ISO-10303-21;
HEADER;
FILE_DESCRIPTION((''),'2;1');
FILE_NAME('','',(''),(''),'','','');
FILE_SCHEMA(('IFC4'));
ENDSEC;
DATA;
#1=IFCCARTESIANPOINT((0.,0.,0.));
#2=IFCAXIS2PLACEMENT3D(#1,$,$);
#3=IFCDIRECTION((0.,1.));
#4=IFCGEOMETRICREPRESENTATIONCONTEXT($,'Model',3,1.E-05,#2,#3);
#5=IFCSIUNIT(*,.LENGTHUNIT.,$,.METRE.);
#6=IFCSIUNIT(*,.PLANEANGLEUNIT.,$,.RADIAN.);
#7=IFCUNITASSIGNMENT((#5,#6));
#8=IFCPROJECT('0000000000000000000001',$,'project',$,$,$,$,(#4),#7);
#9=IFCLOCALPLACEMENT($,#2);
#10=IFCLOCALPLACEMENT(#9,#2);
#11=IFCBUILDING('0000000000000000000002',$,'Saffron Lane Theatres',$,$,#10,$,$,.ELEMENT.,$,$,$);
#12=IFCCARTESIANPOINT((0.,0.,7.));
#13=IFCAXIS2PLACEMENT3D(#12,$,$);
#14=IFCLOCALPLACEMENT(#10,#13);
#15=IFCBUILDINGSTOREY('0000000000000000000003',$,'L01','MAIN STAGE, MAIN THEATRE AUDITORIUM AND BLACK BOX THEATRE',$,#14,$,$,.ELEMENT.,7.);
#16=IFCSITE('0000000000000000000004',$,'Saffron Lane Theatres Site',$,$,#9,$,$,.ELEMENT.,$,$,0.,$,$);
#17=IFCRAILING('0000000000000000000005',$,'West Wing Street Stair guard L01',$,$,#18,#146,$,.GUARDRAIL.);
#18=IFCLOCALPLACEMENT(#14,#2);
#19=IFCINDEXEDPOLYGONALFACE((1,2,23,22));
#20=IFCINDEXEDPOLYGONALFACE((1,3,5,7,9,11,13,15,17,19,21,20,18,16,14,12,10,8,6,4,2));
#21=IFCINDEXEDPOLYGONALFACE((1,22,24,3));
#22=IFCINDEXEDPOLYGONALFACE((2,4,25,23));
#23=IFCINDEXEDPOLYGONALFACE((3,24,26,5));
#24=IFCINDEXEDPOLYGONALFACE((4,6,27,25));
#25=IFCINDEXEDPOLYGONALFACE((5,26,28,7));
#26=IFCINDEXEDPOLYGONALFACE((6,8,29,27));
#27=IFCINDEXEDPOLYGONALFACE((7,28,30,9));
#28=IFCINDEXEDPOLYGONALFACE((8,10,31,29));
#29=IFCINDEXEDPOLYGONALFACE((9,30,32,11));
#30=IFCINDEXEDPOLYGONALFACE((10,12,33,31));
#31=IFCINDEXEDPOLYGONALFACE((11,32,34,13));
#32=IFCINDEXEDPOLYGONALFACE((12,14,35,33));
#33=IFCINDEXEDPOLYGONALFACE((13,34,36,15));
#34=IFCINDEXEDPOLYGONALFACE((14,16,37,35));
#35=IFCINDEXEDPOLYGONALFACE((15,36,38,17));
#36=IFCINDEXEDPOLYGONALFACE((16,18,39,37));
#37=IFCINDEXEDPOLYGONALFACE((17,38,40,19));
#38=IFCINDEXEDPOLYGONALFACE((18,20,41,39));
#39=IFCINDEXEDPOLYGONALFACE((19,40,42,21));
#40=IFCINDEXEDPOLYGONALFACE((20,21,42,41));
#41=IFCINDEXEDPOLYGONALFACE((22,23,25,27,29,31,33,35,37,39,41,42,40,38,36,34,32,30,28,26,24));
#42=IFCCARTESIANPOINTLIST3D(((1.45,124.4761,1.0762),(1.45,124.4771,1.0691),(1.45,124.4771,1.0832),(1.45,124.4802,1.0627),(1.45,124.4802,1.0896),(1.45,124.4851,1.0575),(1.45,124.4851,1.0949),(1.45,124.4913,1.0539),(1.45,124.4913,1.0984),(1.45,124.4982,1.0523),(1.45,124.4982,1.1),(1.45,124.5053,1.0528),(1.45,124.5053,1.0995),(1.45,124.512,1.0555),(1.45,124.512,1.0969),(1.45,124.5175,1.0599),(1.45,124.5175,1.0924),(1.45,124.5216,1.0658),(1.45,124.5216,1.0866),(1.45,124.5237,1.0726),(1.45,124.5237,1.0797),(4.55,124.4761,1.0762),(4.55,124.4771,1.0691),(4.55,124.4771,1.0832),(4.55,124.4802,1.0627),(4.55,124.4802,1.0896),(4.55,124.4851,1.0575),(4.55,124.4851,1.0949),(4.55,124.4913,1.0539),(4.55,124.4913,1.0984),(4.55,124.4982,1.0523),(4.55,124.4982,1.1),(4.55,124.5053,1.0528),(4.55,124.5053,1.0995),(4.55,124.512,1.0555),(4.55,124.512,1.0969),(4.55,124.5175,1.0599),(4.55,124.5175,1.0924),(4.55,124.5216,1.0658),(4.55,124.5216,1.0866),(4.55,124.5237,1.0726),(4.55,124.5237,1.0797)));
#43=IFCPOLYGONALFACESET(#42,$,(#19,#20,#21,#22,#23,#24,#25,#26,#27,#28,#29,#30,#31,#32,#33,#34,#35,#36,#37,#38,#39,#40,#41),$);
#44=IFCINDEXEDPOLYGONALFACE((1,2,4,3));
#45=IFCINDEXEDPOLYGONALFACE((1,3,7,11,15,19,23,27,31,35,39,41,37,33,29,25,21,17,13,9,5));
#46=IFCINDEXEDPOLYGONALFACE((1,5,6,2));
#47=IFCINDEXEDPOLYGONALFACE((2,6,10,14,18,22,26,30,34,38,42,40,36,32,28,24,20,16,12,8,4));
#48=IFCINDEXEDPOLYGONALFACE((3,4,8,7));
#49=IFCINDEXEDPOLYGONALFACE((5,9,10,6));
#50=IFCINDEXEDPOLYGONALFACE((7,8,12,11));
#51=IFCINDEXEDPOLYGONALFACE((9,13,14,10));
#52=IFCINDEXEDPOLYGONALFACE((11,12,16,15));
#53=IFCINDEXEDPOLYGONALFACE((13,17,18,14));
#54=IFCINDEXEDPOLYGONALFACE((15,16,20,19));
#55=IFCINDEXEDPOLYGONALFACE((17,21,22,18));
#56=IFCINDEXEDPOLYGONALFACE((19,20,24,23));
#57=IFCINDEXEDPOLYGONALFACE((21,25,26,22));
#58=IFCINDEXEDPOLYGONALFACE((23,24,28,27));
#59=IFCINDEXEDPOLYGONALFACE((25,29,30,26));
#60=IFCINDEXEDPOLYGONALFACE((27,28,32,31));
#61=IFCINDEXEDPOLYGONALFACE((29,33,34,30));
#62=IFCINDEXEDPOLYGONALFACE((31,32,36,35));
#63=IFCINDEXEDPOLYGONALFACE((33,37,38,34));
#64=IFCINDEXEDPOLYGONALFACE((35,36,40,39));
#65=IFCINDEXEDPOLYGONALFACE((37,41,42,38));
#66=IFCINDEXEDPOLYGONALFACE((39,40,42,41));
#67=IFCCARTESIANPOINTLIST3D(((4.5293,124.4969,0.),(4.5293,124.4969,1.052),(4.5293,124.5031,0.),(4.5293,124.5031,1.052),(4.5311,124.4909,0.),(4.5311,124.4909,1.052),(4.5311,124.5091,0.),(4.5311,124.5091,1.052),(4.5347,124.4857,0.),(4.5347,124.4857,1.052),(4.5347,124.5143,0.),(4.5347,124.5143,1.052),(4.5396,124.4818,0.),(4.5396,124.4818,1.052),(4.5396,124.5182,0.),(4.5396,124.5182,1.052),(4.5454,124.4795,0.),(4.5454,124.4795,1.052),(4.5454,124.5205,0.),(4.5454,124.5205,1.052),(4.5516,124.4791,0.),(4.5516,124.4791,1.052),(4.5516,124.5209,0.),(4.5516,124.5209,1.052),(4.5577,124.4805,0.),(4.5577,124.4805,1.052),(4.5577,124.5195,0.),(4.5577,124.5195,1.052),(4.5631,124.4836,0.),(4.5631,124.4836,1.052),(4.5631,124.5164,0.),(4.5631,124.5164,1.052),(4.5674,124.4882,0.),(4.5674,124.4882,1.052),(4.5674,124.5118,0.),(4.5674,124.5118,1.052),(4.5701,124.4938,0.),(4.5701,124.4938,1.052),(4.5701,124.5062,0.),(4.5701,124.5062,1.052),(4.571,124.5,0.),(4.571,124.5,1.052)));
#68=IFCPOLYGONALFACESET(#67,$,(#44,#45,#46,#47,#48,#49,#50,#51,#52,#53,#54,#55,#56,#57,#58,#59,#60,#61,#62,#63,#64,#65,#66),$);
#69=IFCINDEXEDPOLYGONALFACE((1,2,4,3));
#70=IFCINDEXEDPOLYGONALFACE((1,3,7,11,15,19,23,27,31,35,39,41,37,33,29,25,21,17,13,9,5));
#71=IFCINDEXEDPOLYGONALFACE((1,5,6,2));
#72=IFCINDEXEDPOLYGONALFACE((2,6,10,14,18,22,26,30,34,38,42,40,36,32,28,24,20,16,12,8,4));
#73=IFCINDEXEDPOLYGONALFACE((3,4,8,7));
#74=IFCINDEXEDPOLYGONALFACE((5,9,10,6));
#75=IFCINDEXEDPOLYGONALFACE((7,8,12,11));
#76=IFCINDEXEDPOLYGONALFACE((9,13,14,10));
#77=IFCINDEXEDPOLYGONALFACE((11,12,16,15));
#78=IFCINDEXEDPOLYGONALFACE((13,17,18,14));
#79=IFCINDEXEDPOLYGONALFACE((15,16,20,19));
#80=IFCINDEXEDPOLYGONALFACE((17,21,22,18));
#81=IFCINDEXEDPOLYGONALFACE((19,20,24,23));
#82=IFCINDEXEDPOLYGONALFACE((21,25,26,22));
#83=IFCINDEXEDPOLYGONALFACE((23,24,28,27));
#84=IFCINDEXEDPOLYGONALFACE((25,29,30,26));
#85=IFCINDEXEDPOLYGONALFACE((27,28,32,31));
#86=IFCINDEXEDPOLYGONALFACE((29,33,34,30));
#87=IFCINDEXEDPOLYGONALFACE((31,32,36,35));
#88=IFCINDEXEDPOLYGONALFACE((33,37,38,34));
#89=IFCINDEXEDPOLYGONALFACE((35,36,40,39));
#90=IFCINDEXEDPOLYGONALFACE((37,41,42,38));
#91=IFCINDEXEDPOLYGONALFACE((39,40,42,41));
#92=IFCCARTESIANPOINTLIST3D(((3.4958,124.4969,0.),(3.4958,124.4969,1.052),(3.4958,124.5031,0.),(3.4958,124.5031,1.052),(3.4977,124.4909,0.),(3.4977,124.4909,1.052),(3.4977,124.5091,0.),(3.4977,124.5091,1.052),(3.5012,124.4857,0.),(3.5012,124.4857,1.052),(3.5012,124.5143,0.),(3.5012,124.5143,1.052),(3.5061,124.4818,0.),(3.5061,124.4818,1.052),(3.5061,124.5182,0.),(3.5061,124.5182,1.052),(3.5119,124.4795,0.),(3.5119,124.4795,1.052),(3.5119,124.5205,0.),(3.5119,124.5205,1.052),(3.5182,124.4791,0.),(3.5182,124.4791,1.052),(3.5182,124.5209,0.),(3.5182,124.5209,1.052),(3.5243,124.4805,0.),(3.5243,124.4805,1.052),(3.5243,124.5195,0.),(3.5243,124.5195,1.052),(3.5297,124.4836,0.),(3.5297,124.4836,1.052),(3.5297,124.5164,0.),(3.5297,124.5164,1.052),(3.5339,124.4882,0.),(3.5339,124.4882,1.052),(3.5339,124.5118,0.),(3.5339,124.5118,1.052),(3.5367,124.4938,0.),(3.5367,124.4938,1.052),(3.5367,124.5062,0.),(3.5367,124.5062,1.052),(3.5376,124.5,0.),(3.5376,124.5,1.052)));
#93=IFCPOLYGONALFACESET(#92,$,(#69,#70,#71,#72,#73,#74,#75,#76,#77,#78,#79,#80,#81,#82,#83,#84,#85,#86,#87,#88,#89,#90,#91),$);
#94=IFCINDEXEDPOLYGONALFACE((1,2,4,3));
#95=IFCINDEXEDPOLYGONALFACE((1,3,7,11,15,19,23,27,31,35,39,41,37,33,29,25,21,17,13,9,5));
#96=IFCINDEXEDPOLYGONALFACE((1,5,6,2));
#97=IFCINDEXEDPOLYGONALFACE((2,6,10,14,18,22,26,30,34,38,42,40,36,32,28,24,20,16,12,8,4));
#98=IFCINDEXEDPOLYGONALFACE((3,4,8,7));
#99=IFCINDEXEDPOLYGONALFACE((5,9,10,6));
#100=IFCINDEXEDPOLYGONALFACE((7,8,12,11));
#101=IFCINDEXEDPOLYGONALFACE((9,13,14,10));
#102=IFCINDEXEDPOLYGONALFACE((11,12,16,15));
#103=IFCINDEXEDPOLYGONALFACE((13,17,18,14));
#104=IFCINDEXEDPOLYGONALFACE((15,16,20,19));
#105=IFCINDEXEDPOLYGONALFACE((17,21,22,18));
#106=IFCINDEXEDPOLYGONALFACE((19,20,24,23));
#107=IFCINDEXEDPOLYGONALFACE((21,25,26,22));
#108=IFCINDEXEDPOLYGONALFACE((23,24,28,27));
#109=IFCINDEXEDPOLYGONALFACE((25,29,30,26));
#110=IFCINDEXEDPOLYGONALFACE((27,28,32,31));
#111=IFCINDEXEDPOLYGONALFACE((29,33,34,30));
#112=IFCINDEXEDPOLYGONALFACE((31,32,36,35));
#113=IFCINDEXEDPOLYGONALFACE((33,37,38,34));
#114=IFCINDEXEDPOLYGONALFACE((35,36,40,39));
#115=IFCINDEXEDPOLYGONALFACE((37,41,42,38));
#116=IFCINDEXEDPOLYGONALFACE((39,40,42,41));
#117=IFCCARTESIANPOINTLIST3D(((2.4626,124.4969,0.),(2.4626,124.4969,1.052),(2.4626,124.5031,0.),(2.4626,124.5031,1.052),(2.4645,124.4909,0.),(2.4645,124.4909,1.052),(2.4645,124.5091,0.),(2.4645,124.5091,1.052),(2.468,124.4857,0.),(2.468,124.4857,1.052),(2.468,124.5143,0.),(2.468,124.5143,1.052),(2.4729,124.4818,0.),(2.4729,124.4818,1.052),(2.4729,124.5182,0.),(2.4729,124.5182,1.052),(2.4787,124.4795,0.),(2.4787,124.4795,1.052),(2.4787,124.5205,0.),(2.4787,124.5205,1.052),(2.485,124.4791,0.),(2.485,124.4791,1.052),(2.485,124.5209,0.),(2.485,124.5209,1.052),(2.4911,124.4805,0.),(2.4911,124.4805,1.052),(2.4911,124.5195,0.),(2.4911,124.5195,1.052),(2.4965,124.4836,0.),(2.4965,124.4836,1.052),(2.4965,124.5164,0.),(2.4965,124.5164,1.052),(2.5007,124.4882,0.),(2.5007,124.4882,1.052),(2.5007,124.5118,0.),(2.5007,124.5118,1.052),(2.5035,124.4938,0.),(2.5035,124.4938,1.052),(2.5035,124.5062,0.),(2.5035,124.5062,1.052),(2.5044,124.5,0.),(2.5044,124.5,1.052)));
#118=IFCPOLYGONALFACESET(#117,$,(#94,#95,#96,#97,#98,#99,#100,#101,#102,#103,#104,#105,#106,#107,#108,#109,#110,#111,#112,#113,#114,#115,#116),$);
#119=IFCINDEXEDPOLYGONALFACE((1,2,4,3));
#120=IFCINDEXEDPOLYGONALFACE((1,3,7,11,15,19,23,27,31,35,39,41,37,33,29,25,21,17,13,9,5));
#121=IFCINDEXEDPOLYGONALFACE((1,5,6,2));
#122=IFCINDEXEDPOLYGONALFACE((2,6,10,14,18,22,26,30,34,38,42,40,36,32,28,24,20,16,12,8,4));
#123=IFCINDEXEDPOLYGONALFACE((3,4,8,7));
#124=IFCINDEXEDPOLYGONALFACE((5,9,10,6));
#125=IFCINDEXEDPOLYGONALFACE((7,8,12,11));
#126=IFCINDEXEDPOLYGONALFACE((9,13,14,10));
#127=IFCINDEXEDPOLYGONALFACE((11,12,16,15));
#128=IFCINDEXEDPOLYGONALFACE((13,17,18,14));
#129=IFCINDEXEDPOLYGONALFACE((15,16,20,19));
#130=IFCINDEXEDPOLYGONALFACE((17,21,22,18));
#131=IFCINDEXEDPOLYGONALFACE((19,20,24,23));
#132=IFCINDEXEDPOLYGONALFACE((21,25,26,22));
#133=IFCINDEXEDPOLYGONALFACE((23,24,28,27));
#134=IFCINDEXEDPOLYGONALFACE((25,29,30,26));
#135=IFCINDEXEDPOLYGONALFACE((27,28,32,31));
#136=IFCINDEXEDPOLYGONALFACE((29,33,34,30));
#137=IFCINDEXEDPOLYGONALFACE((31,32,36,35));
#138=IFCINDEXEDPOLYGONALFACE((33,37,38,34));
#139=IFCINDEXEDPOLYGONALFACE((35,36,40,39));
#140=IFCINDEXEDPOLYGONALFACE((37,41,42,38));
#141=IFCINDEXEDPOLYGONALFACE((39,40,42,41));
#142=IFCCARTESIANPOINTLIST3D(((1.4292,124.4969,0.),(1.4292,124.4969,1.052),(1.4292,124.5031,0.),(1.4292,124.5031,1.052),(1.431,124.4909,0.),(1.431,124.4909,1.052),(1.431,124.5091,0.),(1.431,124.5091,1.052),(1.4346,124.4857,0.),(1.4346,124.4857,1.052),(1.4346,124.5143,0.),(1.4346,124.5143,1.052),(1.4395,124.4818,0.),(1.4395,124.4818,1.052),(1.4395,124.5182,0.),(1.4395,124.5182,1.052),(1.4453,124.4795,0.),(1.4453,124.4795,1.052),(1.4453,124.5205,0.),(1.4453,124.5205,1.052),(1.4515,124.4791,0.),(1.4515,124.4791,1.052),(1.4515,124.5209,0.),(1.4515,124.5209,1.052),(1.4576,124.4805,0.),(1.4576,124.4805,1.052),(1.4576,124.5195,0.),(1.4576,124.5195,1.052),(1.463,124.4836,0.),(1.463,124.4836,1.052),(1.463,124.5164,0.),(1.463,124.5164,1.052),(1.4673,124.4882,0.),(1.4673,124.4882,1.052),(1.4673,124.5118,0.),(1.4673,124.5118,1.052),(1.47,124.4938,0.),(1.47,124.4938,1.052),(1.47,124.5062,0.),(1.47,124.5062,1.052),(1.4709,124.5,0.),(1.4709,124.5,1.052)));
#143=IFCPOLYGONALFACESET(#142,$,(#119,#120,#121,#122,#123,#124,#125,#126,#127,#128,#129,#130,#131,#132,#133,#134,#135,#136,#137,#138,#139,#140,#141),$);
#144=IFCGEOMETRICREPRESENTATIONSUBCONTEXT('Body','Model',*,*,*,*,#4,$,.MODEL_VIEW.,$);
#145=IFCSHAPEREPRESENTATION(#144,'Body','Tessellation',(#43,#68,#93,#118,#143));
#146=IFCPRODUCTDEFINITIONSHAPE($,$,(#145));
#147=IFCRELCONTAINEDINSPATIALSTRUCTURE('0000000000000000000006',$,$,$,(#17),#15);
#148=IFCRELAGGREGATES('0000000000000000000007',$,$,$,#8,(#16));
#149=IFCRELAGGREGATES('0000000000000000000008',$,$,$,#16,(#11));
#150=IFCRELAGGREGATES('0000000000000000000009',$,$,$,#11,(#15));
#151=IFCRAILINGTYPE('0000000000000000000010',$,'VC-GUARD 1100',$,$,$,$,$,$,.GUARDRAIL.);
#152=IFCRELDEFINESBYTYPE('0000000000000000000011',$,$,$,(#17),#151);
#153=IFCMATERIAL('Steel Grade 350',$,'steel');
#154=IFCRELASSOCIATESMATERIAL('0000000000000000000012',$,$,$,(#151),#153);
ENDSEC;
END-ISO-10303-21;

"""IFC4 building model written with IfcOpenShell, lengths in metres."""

from ifc_helpers import new_model, si_unit, direction, frame, origin, origin_2d, place, context, subcontext, project, spatial, circle, extrude, material, type_object, element, save


model = new_model("IFC4")

# Units and contexts
model_context = context("Model", 3, precision=1e-05, world=origin(), true_north=direction((0.0, 1.0)))
body_context = subcontext(model_context, "Body", "Model", "MODEL_VIEW")
ifc_project = project(units=[si_unit("LENGTHUNIT", "METRE"), si_unit("PLANEANGLEUNIT", "RADIAN")], contexts=[model_context])

# Site, building, storey
site_placement = place(None, origin())
site = spatial("IfcSite", under=ifc_project, at=site_placement, Name="Saffron Lane Theatres Site", CompositionType="ELEMENT", RefElevation=0.0)
building_placement = place(site_placement, origin())
building = spatial("IfcBuilding", under=site, at=building_placement, Name="Saffron Lane Theatres", CompositionType="ELEMENT")
storey_placement = place(building_placement, frame((0.0, 0.0, 7.0)))
storey = spatial("IfcBuildingStorey", under=building, at=storey_placement, Name="L01", Description="MAIN STAGE, MAIN THEATRE AUDITORIUM AND BLACK BOX THEATRE", CompositionType="ELEMENT", Elevation=7.0)

# Railing
ifc_material_1 = material(Name="Steel Grade 350", Category="steel")
railing_type_1 = type_object("IfcRailingType", Name="VC-GUARD 1100", PredefinedType="GUARDRAIL", material=ifc_material_1)
railing_1_placement = place(storey_placement, frame((4.55, 124.5, 0.0)))
element("IfcRailing", 1, at=railing_1_placement, inside=storey, type_object=railing_type_1, Name="West Wing Street Stair guard L01", PredefinedType="GUARDRAIL", context=body_context, shape_type="SweptSolid", body=[
    extrude(circle(Radius=0.0239, at=origin_2d()), frame((0.0, 0.0, 1.0762), z_axis=(-1.0, 0.0, 0.0), x_axis=(0.0, -1.0, 0.0)), (0.0, 0.0, 1.0), 3.1001),
    extrude(circle(Radius=0.021, at=origin_2d()), origin(), (0.0, 0.0, 1.0), 1.052),
    extrude(circle(Radius=0.021, at=origin_2d()), frame((-1.0334, 0.0, 0.0)), (0.0, 0.0, 1.0), 1.052),
    extrude(circle(Radius=0.021, at=origin_2d()), frame((-2.0667, 0.0, 0.0)), (0.0, 0.0, 1.0), 1.052),
    extrude(circle(Radius=0.021, at=origin_2d()), frame((-3.1001, 0.0, 0.0)), (0.0, 0.0, 1.0), 1.052),
])

save(model, "model.ifc")
